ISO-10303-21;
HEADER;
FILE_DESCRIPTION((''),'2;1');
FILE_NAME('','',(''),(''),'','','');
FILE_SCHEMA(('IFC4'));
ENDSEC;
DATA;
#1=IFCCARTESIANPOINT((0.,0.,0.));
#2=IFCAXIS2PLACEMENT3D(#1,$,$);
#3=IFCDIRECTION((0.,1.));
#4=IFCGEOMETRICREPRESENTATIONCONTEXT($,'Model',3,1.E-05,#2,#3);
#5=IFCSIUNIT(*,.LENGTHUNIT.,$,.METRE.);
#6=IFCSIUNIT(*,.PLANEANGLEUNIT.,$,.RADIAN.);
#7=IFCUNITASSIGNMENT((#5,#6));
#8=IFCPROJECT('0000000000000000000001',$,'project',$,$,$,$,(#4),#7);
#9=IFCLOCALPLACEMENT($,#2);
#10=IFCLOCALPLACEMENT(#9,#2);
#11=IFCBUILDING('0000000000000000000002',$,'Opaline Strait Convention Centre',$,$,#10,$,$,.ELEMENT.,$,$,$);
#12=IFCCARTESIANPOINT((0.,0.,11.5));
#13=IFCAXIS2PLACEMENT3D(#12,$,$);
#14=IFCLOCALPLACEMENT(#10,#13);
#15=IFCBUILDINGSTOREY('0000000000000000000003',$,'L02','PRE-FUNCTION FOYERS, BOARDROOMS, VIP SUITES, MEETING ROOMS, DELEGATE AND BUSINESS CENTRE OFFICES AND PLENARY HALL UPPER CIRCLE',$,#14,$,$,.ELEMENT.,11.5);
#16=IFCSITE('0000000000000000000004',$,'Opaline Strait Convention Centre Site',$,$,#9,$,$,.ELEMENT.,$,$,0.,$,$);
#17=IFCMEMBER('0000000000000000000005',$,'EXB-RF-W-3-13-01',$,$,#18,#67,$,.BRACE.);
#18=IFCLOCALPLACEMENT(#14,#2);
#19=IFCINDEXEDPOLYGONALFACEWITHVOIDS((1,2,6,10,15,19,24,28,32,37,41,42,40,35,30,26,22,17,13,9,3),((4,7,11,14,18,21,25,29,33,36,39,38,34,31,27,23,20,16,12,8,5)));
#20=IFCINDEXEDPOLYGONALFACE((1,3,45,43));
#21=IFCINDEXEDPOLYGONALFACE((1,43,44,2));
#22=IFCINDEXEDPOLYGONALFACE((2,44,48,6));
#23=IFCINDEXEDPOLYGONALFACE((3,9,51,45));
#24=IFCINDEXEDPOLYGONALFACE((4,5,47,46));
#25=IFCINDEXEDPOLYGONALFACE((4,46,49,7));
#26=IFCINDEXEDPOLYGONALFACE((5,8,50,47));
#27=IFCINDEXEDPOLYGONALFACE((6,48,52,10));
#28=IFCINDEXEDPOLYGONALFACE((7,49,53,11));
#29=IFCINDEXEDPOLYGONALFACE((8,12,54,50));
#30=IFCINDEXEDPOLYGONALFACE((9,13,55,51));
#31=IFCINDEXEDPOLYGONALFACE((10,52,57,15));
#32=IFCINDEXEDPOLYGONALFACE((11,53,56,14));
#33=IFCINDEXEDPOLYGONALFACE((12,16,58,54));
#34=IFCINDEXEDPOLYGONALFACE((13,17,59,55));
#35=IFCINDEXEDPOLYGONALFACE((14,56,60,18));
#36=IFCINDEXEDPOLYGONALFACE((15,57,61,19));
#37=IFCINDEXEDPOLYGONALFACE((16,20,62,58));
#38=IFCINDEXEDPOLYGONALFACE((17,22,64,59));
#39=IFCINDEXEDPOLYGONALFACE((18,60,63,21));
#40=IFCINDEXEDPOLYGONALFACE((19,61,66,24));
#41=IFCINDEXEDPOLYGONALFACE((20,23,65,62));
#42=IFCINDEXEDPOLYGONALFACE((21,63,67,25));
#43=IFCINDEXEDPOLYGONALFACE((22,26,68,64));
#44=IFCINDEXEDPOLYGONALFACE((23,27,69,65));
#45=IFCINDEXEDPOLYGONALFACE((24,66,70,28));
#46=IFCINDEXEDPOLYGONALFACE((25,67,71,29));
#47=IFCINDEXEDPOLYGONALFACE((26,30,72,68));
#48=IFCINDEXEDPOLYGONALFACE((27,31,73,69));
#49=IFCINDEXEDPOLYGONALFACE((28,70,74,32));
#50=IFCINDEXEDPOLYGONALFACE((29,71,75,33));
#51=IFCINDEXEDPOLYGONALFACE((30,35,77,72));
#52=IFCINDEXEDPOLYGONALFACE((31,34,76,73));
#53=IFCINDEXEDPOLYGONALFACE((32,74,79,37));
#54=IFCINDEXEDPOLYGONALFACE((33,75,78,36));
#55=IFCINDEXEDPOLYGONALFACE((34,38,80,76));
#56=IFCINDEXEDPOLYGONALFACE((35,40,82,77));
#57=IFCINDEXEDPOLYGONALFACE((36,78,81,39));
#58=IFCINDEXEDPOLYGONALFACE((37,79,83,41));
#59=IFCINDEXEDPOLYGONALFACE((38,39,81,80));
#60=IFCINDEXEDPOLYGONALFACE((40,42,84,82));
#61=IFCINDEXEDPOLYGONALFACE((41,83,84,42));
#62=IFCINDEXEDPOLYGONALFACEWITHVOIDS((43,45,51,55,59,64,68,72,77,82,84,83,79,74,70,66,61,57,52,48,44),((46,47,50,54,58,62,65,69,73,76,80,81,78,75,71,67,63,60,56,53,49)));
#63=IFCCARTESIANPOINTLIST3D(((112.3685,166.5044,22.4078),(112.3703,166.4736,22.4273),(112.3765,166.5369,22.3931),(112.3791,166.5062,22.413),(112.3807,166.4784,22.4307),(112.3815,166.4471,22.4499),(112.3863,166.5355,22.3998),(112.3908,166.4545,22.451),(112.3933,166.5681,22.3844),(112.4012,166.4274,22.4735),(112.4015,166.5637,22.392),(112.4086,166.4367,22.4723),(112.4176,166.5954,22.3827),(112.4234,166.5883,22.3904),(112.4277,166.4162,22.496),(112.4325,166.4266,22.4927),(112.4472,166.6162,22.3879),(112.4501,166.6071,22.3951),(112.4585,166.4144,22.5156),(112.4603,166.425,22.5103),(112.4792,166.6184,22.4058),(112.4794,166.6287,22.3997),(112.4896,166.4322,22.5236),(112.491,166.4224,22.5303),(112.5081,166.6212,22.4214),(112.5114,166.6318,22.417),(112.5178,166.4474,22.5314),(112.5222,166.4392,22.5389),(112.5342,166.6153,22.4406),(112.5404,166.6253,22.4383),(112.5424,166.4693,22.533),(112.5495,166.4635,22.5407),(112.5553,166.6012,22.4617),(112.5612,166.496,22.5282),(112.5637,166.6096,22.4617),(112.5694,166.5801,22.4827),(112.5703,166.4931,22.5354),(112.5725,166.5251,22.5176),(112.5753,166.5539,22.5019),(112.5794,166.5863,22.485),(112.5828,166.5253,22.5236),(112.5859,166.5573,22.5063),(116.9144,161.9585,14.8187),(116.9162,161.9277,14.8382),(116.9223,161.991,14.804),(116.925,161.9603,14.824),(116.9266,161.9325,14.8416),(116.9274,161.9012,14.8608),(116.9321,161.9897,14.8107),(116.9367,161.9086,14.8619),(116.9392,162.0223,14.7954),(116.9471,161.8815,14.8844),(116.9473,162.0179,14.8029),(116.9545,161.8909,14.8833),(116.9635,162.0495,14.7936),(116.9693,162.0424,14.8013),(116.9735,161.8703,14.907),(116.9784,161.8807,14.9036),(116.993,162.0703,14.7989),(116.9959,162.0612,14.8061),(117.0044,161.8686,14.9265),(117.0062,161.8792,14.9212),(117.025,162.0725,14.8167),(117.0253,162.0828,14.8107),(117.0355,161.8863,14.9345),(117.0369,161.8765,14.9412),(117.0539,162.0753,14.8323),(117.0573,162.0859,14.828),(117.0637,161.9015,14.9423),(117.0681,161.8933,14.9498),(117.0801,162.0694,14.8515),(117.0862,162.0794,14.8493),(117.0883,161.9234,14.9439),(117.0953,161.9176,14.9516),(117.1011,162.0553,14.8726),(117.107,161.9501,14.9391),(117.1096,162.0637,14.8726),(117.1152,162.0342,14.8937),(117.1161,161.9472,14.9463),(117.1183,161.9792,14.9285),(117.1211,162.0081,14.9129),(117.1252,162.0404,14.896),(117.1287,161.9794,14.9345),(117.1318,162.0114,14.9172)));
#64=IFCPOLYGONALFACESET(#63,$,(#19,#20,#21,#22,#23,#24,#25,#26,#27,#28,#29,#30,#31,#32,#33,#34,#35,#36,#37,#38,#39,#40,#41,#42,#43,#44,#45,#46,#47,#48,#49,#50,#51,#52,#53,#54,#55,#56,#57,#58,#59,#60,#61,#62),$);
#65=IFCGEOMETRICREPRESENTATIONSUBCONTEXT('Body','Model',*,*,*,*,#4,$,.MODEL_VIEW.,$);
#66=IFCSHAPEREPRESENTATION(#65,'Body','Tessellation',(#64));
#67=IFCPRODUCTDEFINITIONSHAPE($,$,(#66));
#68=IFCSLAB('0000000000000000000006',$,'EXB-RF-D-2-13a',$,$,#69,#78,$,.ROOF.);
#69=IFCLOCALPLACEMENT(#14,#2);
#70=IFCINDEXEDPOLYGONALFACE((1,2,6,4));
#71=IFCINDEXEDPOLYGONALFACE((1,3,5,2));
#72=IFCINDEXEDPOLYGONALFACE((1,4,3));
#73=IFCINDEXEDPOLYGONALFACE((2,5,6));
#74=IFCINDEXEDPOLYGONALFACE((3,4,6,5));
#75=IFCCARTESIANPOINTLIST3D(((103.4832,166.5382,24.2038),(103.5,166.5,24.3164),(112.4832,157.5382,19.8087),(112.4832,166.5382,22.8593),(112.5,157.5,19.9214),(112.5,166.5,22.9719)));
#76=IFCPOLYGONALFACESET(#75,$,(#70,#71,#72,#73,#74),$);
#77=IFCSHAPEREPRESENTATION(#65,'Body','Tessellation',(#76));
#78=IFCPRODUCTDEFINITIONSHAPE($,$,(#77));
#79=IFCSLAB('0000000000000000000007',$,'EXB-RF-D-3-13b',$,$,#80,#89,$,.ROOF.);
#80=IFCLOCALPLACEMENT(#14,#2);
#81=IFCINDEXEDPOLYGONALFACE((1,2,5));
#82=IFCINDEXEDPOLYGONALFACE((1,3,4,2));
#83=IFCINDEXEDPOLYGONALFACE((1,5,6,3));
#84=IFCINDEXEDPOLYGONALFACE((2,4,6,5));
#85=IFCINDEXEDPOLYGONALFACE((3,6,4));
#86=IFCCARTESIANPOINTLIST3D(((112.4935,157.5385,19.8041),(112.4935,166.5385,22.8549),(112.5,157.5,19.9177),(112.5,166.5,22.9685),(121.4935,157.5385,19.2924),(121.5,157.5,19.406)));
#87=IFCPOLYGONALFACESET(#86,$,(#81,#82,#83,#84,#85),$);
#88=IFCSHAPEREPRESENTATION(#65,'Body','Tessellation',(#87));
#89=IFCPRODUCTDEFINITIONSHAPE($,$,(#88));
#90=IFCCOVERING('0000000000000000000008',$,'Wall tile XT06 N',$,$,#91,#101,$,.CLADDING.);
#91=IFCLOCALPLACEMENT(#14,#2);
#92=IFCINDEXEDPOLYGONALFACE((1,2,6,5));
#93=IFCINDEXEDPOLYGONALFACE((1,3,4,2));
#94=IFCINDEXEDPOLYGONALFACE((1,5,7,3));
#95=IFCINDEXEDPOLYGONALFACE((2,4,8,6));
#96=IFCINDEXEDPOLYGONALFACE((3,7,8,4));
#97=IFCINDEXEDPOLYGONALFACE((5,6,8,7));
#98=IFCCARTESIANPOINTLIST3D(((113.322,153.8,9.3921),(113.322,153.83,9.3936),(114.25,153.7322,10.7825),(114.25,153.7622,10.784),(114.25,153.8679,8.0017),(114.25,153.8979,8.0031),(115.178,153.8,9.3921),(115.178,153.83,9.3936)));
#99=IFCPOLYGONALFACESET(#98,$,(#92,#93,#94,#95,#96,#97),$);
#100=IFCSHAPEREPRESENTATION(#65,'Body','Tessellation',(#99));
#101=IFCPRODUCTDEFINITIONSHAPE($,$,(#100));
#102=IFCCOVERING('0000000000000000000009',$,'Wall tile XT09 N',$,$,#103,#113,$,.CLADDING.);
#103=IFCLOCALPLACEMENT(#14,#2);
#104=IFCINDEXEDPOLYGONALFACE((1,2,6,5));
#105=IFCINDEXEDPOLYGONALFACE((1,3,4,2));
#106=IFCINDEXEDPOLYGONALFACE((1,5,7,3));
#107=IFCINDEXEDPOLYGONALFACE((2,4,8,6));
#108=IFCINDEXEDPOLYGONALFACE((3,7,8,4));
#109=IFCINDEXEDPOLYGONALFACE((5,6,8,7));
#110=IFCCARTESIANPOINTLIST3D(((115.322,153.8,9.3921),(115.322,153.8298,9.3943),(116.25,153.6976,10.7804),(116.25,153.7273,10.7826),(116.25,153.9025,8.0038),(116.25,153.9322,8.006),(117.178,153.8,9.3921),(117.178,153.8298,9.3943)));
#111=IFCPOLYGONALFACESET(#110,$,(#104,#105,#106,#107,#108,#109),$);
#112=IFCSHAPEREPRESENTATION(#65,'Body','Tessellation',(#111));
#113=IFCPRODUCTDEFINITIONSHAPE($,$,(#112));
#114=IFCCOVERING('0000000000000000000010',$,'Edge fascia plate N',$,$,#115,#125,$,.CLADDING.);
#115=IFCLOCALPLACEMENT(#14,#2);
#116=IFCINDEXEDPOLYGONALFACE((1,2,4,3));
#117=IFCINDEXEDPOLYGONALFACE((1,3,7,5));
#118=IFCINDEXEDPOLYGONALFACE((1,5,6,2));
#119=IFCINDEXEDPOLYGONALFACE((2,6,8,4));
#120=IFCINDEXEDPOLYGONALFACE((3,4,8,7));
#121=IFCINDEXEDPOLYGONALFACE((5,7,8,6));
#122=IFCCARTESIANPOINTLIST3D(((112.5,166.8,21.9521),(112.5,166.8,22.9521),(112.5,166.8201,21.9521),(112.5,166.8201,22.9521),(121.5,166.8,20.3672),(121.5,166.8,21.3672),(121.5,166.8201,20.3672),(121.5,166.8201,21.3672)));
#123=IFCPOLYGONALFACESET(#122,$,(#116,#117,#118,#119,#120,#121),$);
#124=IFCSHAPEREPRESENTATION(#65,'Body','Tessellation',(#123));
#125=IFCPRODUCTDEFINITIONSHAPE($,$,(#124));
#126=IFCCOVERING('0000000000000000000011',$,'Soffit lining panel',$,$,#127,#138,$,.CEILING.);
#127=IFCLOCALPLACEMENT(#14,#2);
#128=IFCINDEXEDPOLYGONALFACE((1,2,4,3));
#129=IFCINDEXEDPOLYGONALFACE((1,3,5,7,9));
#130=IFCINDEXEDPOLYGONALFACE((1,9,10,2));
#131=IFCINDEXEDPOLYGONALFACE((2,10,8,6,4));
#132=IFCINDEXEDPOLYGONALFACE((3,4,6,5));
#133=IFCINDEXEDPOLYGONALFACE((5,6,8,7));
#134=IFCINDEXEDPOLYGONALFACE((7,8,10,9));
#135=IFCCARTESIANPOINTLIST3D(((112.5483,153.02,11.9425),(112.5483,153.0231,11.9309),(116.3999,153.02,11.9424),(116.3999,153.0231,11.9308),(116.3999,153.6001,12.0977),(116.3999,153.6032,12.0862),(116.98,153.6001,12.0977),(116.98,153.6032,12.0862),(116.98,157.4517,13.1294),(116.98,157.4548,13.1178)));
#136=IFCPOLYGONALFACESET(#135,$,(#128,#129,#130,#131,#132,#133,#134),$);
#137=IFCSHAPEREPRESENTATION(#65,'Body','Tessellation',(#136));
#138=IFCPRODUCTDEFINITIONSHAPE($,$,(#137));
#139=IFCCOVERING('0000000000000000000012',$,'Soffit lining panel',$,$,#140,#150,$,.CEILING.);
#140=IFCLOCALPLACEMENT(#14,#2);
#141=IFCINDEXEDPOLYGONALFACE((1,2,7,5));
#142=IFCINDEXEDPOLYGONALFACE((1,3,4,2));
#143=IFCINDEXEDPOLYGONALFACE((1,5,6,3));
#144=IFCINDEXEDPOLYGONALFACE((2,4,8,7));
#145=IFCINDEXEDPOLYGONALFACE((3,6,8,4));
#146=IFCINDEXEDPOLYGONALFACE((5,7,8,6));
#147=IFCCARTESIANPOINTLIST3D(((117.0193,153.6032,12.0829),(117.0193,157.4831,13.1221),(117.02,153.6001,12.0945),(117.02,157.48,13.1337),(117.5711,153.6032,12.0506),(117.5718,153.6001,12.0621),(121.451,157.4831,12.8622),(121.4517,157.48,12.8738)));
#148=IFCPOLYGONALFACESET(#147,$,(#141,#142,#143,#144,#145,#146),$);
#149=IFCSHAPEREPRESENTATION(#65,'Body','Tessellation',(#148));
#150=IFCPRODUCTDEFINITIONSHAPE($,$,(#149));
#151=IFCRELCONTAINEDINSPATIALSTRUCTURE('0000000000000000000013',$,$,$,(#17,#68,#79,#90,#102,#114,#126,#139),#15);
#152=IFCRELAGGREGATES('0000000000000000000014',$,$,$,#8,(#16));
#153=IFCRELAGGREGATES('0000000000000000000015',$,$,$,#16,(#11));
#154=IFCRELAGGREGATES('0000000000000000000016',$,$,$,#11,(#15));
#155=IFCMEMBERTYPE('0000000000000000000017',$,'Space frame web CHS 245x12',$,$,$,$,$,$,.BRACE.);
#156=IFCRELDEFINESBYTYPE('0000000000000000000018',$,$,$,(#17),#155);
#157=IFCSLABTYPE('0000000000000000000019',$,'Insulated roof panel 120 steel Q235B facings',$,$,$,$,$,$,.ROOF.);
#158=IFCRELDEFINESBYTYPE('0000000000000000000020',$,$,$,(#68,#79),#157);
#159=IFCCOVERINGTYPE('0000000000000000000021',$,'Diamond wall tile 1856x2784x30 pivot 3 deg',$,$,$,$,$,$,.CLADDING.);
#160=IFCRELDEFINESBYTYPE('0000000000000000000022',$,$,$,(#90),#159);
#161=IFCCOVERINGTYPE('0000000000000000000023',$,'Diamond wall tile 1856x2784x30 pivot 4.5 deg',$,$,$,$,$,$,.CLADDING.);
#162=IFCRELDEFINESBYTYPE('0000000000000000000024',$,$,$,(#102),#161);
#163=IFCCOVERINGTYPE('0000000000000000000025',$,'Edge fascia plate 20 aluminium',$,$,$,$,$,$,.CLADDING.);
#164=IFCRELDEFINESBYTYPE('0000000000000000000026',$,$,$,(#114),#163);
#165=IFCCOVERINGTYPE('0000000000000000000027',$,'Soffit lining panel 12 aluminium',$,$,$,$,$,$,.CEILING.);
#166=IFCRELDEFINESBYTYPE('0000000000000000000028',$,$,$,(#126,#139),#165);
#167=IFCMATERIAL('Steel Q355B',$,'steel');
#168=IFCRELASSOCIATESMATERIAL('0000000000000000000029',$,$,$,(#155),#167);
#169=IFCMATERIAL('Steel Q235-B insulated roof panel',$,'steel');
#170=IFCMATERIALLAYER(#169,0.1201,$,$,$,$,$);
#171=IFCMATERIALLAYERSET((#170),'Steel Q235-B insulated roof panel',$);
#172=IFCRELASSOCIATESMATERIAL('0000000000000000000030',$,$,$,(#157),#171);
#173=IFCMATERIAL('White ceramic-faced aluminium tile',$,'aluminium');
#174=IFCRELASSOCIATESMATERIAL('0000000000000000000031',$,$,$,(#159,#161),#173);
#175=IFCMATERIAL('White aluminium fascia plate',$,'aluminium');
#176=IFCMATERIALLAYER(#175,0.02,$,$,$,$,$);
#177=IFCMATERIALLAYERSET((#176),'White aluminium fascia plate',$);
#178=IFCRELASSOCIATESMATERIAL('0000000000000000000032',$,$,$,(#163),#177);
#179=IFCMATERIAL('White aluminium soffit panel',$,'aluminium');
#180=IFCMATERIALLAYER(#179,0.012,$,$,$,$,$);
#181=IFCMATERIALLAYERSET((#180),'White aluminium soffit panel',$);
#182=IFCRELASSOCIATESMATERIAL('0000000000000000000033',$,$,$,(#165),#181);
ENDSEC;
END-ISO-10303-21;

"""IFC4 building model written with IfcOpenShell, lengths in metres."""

from ifc_helpers import new_model, si_unit, direction, frame, origin, origin_2d, place, context, subcontext, project, spatial, polyline, hollow_circle, outline, extrude, material, layer, layer_set, material_profile, profile_set, type_object, element, save


model = new_model("IFC4")

# Units and contexts
model_context = context("Model", 3, precision=1e-05, world=origin(), true_north=direction((0.0, 1.0)))
body_context = subcontext(model_context, "Body", "Model", "MODEL_VIEW")
ifc_project = project(units=[si_unit("LENGTHUNIT", "METRE"), si_unit("PLANEANGLEUNIT", "RADIAN")], contexts=[model_context])

# Site, building, storey
site_placement = place(None, origin())
site = spatial("IfcSite", under=ifc_project, at=site_placement, Name="Opaline Strait Convention Centre Site", CompositionType="ELEMENT", RefElevation=0.0)
building_placement = place(site_placement, origin())
building = spatial("IfcBuilding", under=site, at=building_placement, Name="Opaline Strait Convention Centre", CompositionType="ELEMENT")
storey_placement = place(building_placement, frame((0.0, 0.0, 11.5)))
storey = spatial("IfcBuildingStorey", under=building, at=storey_placement, Name="L02", Description="PRE-FUNCTION FOYERS, BOARDROOMS, VIP SUITES, MEETING ROOMS, DELEGATE AND BUSINESS CENTRE OFFICES AND PLENARY HALL UPPER CIRCLE", CompositionType="ELEMENT", Elevation=11.5)

# Member
ifc_material_1 = material(Name="Steel Q355B", Category="steel")
ifc_material_profile_1 = material_profile(ifc_material_1, hollow_circle(Radius=0.1226, WallThickness=0.012, at=origin_2d()), Name="CHS 245x12")
ifc_profile_set_1 = profile_set([ifc_material_profile_1], Name="Steel Q355B")
member_type_1 = type_object("IfcMemberType", Name="Space frame web CHS 245x12", PredefinedType="BRACE", material=ifc_profile_set_1)
member_1_placement = place(storey_placement, frame((112.4771, 166.5229, 22.4617), z_axis=(0.457053, -0.457053, -0.763023), x_axis=(0.707107, 0.707107, 0.0)))
element("IfcMember", 1, at=member_1_placement, inside=storey, type_object=member_type_1, Name="EXB-RF-W-3-13-01", PredefinedType="BRACE", context=body_context, shape_type="SweptSolid", body=[
    extrude(hollow_circle(Radius=0.1226, WallThickness=0.012, at=origin_2d()), origin(), (0.0, 0.0, 1.0), 9.946),
])

# Slabs
ifc_material_2 = material(Name="Steel Q235-B insulated roof panel", Category="steel")
ifc_layer_1 = layer(ifc_material_2, 0.1201)
ifc_layer_set_1 = layer_set([ifc_layer_1], Name="Steel Q235-B insulated roof panel")
slab_type = type_object("IfcSlabType", Name="Insulated roof panel 120 steel Q235B facings", PredefinedType="ROOF", material=ifc_layer_set_1)
slab_1_placement = place(storey_placement, frame((112.5, 157.5, 19.9214), z_axis=(0.140086, -0.317845, 0.937737), x_axis=(0.0, 0.947076, 0.32101)))
element("IfcSlab", 2, at=slab_1_placement, inside=storey, type_object=slab_type, Name="EXB-RF-D-2-13a", PredefinedType="ROOF", context=body_context, shape_type="SweptSolid", body=[
    extrude(outline(polyline([(0.0, 0.0), (9.5029, 0.0), (9.9345, 9.0896), (0.0, 0.0)])), origin(), (0.0, 0.0, -1.0), 0.1201),
])
slab_2_placement = place(storey_placement, frame((112.5, 157.5, 19.9177), z_axis=(0.05377, -0.320569, 0.945698), x_axis=(0.998388, 0.0, -0.056766)))
element("IfcSlab", 3, at=slab_2_placement, inside=storey, type_object=slab_type, Name="EXB-RF-D-3-13b", PredefinedType="ROOF", context=body_context, shape_type="SweptSolid", body=[
    extrude(outline(polyline([(0.0, 0.0), (9.0145, 0.0), (-0.1732, 9.5014), (0.0, 0.0)])), origin(), (0.0, 0.0, -1.0), 0.1201),
])

# Coverings
ifc_material_3 = material(Name="White ceramic-faced aluminium tile", Category="aluminium")
ifc_material_profile_2 = material_profile(ifc_material_3, outline(polyline([(0.928, 0.0), (0.0, 1.3921), (-0.928, 0.0), (0.0, -1.3921), (0.928, 0.0)])), Name="Diamond tile 1856x2784")
ifc_profile_set_2 = profile_set([ifc_material_profile_2], Name="White ceramic-faced aluminium tile")
covering_type_1 = type_object("IfcCoveringType", Name="Diamond wall tile 1856x2784x30 pivot 3 deg", PredefinedType="CLADDING", material=ifc_profile_set_2)
covering_1_placement = place(storey_placement, frame((114.25, 153.8, 9.3921), z_axis=(0.0, 0.998812, 0.048723), x_axis=(-1.0, 0.0, 0.0)))
element("IfcCovering", 4, at=covering_1_placement, inside=storey, type_object=covering_type_1, Name="Wall tile XT06 N", PredefinedType="CLADDING", context=body_context, shape_type="SweptSolid", body=[
    extrude(outline(polyline([(0.928, 0.0), (0.0, 1.3921), (-0.928, 0.0), (0.0, -1.3921), (0.928, 0.0)])), origin(), (0.0, 0.0, 1.0), 0.03),
])
ifc_material_profile_3 = material_profile(ifc_material_3, outline(polyline([(0.928, 0.0), (0.0, 1.3921), (-0.928, 0.0), (0.0, -1.3921), (0.928, 0.0)])), Name="Diamond tile 1856x2784")
ifc_profile_set_3 = profile_set([ifc_material_profile_3], Name="White ceramic-faced aluminium tile")
covering_type_2 = type_object("IfcCoveringType", Name="Diamond wall tile 1856x2784x30 pivot 4.5 deg", PredefinedType="CLADDING", material=ifc_profile_set_3)
covering_2_placement = place(storey_placement, frame((116.25, 153.8, 9.3921), z_axis=(0.0, 0.99729, 0.073571), x_axis=(-1.0, 0.0, 0.0)))
element("IfcCovering", 5, at=covering_2_placement, inside=storey, type_object=covering_type_2, Name="Wall tile XT09 N", PredefinedType="CLADDING", context=body_context, shape_type="SweptSolid", body=[
    extrude(outline(polyline([(0.928, 0.0), (0.0, 1.3921), (-0.928, 0.0), (0.0, -1.3921), (0.928, 0.0)])), origin(), (0.0, 0.0, 1.0), 0.0298),
])
ifc_material_4 = material(Name="White aluminium fascia plate", Category="aluminium")
ifc_layer_2 = layer(ifc_material_4, 0.02)
ifc_layer_set_2 = layer_set([ifc_layer_2], Name="White aluminium fascia plate")
covering_type_3 = type_object("IfcCoveringType", Name="Edge fascia plate 20 aluminium", PredefinedType="CLADDING", material=ifc_layer_set_2)
covering_3_placement = place(storey_placement, frame((117.0, 166.8, 21.6597), z_axis=(0.0, 1.0, 0.0), x_axis=(-1.0, 0.0, 0.0)))
element("IfcCovering", 6, at=covering_3_placement, inside=storey, type_object=covering_type_3, Name="Edge fascia plate N", PredefinedType="CLADDING", context=body_context, shape_type="SweptSolid", body=[
    extrude(outline(polyline([(-4.5, -0.2925), (4.5, 1.2925), (4.5, 0.2925), (-4.5, -1.2925), (-4.5, -0.2925)])), origin(), (0.0, 0.0, 1.0), 0.02),
])
ifc_material_5 = material(Name="White aluminium soffit panel", Category="aluminium")
ifc_layer_3 = layer(ifc_material_5, 0.012)
ifc_layer_set_3 = layer_set([ifc_layer_3], Name="White aluminium soffit panel")
covering_type_4 = type_object("IfcCoveringType", Name="Soffit lining panel 12 aluminium", PredefinedType="CEILING", material=ifc_layer_set_3)
covering_4_placement = place(storey_placement, frame((116.98, 157.4517, 13.1294), z_axis=(0.000023, -0.258735, 0.965948), x_axis=(0.0, -0.965948, -0.258735)))
element("IfcCovering", 7, at=covering_4_placement, inside=storey, type_object=covering_type_4, Name="Soffit lining panel", PredefinedType="CEILING", context=body_context, shape_type="SweptSolid", body=[
    extrude(outline(polyline([(0.0, 0.0), (3.9874, 0.0), (3.9874, -0.5801), (4.5879, -0.5801), (4.5879, -4.4316), (0.0, 0.0)])), origin(), (0.0, 0.0, -1.0), 0.012),
])
covering_5_placement = place(storey_placement, frame((117.02, 153.6001, 12.0945), z_axis=(0.056555, -0.258304, 0.964407), x_axis=(-0.000002, 0.965953, 0.258718)))
element("IfcCovering", 8, at=covering_5_placement, inside=storey, type_object=covering_type_4, Name="Soffit lining panel", PredefinedType="CEILING", context=body_context, shape_type="SweptSolid", body=[
    extrude(outline(polyline([(0.0, 0.0), (4.0167, 0.0), (3.9494, -4.4388), (-0.0083, -0.5526), (0.0, 0.0)])), origin(), (0.0, 0.0, -1.0), 0.012),
])

save(model, "model.ifc")
